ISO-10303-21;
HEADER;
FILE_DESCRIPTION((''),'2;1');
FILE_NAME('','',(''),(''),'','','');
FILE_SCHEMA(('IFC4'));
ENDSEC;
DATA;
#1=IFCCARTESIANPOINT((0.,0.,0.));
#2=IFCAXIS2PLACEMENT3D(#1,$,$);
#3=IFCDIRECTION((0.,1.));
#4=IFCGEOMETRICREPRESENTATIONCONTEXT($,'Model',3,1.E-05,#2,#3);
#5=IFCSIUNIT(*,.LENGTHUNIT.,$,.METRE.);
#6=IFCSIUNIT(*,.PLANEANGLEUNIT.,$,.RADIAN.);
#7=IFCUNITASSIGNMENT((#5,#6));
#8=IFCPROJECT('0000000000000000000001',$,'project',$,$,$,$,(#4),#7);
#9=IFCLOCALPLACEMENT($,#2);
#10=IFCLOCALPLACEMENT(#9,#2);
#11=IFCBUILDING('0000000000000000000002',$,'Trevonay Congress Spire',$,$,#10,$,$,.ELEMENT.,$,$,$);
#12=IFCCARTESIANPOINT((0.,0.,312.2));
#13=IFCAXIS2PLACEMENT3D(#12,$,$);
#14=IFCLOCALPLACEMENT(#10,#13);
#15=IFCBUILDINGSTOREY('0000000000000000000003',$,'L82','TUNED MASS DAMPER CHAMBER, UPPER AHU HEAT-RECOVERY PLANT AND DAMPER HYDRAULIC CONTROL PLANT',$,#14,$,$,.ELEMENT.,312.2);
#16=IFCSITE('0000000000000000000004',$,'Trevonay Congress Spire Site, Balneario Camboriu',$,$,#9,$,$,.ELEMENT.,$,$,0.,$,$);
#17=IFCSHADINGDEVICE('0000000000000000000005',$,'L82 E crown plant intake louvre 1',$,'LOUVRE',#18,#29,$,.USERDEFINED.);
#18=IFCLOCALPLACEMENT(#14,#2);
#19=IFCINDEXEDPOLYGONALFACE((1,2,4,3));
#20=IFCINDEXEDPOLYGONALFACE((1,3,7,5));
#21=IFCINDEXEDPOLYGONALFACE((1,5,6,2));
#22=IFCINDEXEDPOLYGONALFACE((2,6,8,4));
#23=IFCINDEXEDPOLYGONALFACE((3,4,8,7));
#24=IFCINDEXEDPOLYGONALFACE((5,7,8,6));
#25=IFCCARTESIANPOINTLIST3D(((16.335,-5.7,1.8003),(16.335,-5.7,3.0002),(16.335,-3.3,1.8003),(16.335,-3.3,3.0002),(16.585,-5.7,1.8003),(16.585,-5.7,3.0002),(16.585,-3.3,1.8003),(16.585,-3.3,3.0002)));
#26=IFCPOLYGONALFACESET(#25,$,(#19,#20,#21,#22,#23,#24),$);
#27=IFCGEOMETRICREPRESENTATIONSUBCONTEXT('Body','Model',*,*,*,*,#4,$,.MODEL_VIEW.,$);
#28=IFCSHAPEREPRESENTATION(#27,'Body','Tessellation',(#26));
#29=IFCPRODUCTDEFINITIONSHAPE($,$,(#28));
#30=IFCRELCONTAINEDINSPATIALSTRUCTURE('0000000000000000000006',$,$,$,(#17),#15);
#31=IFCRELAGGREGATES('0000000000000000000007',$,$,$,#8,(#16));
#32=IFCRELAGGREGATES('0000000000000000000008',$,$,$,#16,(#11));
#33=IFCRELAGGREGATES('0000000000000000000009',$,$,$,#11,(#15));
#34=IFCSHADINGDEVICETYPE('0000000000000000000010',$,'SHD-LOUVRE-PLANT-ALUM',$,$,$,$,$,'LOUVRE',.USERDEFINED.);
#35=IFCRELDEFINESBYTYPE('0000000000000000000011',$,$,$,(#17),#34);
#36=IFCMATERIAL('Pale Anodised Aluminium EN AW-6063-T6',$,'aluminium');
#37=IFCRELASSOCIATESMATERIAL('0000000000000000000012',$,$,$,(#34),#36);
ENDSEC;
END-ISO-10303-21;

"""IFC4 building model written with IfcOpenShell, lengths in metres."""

from ifc_helpers import new_model, si_unit, direction, frame, origin, origin_2d, place, context, subcontext, project, spatial, rectangle, extrude, material, type_object, element, save


model = new_model("IFC4")

# Units and contexts
model_context = context("Model", 3, precision=1e-05, world=origin(), true_north=direction((0.0, 1.0)))
body_context = subcontext(model_context, "Body", "Model", "MODEL_VIEW")
ifc_project = project(units=[si_unit("LENGTHUNIT", "METRE"), si_unit("PLANEANGLEUNIT", "RADIAN")], contexts=[model_context])

# Site, building, storey
site_placement = place(None, origin())
site = spatial("IfcSite", under=ifc_project, at=site_placement, Name="Trevonay Congress Spire Site, Balneario Camboriu", CompositionType="ELEMENT", RefElevation=0.0)
building_placement = place(site_placement, origin())
building = spatial("IfcBuilding", under=site, at=building_placement, Name="Trevonay Congress Spire", CompositionType="ELEMENT")
storey_placement = place(building_placement, frame((0.0, 0.0, 312.2)))
storey = spatial("IfcBuildingStorey", under=building, at=storey_placement, Name="L82", Description="TUNED MASS DAMPER CHAMBER, UPPER AHU HEAT-RECOVERY PLANT AND DAMPER HYDRAULIC CONTROL PLANT", CompositionType="ELEMENT", Elevation=312.2)

# Shared definitions
ifc_material_1 = material(Name="Pale Anodised Aluminium EN AW-6063-T6", Category="aluminium")

# Shading device
shading_device_type = type_object("IfcShadingDeviceType", Name="SHD-LOUVRE-PLANT-ALUM", ElementType="LOUVRE", PredefinedType="USERDEFINED", material=ifc_material_1)
shading_device_placement = place(storey_placement, frame((16.46, -4.5, 1.8003), z_axis=(0.0, 0.0, 1.0), x_axis=(0.0, 1.0, 0.0)))
element("IfcShadingDevice", 1, at=shading_device_placement, inside=storey, type_object=shading_device_type, Name="L82 E crown plant intake louvre 1", ObjectType="LOUVRE", PredefinedType="USERDEFINED", context=body_context, shape_type="SweptSolid", body=[
    extrude(rectangle(XDim=2.3999, YDim=0.25, at=origin_2d()), origin(), (0.0, 0.0, 1.0), 1.2),
])

save(model, "model.ifc")
